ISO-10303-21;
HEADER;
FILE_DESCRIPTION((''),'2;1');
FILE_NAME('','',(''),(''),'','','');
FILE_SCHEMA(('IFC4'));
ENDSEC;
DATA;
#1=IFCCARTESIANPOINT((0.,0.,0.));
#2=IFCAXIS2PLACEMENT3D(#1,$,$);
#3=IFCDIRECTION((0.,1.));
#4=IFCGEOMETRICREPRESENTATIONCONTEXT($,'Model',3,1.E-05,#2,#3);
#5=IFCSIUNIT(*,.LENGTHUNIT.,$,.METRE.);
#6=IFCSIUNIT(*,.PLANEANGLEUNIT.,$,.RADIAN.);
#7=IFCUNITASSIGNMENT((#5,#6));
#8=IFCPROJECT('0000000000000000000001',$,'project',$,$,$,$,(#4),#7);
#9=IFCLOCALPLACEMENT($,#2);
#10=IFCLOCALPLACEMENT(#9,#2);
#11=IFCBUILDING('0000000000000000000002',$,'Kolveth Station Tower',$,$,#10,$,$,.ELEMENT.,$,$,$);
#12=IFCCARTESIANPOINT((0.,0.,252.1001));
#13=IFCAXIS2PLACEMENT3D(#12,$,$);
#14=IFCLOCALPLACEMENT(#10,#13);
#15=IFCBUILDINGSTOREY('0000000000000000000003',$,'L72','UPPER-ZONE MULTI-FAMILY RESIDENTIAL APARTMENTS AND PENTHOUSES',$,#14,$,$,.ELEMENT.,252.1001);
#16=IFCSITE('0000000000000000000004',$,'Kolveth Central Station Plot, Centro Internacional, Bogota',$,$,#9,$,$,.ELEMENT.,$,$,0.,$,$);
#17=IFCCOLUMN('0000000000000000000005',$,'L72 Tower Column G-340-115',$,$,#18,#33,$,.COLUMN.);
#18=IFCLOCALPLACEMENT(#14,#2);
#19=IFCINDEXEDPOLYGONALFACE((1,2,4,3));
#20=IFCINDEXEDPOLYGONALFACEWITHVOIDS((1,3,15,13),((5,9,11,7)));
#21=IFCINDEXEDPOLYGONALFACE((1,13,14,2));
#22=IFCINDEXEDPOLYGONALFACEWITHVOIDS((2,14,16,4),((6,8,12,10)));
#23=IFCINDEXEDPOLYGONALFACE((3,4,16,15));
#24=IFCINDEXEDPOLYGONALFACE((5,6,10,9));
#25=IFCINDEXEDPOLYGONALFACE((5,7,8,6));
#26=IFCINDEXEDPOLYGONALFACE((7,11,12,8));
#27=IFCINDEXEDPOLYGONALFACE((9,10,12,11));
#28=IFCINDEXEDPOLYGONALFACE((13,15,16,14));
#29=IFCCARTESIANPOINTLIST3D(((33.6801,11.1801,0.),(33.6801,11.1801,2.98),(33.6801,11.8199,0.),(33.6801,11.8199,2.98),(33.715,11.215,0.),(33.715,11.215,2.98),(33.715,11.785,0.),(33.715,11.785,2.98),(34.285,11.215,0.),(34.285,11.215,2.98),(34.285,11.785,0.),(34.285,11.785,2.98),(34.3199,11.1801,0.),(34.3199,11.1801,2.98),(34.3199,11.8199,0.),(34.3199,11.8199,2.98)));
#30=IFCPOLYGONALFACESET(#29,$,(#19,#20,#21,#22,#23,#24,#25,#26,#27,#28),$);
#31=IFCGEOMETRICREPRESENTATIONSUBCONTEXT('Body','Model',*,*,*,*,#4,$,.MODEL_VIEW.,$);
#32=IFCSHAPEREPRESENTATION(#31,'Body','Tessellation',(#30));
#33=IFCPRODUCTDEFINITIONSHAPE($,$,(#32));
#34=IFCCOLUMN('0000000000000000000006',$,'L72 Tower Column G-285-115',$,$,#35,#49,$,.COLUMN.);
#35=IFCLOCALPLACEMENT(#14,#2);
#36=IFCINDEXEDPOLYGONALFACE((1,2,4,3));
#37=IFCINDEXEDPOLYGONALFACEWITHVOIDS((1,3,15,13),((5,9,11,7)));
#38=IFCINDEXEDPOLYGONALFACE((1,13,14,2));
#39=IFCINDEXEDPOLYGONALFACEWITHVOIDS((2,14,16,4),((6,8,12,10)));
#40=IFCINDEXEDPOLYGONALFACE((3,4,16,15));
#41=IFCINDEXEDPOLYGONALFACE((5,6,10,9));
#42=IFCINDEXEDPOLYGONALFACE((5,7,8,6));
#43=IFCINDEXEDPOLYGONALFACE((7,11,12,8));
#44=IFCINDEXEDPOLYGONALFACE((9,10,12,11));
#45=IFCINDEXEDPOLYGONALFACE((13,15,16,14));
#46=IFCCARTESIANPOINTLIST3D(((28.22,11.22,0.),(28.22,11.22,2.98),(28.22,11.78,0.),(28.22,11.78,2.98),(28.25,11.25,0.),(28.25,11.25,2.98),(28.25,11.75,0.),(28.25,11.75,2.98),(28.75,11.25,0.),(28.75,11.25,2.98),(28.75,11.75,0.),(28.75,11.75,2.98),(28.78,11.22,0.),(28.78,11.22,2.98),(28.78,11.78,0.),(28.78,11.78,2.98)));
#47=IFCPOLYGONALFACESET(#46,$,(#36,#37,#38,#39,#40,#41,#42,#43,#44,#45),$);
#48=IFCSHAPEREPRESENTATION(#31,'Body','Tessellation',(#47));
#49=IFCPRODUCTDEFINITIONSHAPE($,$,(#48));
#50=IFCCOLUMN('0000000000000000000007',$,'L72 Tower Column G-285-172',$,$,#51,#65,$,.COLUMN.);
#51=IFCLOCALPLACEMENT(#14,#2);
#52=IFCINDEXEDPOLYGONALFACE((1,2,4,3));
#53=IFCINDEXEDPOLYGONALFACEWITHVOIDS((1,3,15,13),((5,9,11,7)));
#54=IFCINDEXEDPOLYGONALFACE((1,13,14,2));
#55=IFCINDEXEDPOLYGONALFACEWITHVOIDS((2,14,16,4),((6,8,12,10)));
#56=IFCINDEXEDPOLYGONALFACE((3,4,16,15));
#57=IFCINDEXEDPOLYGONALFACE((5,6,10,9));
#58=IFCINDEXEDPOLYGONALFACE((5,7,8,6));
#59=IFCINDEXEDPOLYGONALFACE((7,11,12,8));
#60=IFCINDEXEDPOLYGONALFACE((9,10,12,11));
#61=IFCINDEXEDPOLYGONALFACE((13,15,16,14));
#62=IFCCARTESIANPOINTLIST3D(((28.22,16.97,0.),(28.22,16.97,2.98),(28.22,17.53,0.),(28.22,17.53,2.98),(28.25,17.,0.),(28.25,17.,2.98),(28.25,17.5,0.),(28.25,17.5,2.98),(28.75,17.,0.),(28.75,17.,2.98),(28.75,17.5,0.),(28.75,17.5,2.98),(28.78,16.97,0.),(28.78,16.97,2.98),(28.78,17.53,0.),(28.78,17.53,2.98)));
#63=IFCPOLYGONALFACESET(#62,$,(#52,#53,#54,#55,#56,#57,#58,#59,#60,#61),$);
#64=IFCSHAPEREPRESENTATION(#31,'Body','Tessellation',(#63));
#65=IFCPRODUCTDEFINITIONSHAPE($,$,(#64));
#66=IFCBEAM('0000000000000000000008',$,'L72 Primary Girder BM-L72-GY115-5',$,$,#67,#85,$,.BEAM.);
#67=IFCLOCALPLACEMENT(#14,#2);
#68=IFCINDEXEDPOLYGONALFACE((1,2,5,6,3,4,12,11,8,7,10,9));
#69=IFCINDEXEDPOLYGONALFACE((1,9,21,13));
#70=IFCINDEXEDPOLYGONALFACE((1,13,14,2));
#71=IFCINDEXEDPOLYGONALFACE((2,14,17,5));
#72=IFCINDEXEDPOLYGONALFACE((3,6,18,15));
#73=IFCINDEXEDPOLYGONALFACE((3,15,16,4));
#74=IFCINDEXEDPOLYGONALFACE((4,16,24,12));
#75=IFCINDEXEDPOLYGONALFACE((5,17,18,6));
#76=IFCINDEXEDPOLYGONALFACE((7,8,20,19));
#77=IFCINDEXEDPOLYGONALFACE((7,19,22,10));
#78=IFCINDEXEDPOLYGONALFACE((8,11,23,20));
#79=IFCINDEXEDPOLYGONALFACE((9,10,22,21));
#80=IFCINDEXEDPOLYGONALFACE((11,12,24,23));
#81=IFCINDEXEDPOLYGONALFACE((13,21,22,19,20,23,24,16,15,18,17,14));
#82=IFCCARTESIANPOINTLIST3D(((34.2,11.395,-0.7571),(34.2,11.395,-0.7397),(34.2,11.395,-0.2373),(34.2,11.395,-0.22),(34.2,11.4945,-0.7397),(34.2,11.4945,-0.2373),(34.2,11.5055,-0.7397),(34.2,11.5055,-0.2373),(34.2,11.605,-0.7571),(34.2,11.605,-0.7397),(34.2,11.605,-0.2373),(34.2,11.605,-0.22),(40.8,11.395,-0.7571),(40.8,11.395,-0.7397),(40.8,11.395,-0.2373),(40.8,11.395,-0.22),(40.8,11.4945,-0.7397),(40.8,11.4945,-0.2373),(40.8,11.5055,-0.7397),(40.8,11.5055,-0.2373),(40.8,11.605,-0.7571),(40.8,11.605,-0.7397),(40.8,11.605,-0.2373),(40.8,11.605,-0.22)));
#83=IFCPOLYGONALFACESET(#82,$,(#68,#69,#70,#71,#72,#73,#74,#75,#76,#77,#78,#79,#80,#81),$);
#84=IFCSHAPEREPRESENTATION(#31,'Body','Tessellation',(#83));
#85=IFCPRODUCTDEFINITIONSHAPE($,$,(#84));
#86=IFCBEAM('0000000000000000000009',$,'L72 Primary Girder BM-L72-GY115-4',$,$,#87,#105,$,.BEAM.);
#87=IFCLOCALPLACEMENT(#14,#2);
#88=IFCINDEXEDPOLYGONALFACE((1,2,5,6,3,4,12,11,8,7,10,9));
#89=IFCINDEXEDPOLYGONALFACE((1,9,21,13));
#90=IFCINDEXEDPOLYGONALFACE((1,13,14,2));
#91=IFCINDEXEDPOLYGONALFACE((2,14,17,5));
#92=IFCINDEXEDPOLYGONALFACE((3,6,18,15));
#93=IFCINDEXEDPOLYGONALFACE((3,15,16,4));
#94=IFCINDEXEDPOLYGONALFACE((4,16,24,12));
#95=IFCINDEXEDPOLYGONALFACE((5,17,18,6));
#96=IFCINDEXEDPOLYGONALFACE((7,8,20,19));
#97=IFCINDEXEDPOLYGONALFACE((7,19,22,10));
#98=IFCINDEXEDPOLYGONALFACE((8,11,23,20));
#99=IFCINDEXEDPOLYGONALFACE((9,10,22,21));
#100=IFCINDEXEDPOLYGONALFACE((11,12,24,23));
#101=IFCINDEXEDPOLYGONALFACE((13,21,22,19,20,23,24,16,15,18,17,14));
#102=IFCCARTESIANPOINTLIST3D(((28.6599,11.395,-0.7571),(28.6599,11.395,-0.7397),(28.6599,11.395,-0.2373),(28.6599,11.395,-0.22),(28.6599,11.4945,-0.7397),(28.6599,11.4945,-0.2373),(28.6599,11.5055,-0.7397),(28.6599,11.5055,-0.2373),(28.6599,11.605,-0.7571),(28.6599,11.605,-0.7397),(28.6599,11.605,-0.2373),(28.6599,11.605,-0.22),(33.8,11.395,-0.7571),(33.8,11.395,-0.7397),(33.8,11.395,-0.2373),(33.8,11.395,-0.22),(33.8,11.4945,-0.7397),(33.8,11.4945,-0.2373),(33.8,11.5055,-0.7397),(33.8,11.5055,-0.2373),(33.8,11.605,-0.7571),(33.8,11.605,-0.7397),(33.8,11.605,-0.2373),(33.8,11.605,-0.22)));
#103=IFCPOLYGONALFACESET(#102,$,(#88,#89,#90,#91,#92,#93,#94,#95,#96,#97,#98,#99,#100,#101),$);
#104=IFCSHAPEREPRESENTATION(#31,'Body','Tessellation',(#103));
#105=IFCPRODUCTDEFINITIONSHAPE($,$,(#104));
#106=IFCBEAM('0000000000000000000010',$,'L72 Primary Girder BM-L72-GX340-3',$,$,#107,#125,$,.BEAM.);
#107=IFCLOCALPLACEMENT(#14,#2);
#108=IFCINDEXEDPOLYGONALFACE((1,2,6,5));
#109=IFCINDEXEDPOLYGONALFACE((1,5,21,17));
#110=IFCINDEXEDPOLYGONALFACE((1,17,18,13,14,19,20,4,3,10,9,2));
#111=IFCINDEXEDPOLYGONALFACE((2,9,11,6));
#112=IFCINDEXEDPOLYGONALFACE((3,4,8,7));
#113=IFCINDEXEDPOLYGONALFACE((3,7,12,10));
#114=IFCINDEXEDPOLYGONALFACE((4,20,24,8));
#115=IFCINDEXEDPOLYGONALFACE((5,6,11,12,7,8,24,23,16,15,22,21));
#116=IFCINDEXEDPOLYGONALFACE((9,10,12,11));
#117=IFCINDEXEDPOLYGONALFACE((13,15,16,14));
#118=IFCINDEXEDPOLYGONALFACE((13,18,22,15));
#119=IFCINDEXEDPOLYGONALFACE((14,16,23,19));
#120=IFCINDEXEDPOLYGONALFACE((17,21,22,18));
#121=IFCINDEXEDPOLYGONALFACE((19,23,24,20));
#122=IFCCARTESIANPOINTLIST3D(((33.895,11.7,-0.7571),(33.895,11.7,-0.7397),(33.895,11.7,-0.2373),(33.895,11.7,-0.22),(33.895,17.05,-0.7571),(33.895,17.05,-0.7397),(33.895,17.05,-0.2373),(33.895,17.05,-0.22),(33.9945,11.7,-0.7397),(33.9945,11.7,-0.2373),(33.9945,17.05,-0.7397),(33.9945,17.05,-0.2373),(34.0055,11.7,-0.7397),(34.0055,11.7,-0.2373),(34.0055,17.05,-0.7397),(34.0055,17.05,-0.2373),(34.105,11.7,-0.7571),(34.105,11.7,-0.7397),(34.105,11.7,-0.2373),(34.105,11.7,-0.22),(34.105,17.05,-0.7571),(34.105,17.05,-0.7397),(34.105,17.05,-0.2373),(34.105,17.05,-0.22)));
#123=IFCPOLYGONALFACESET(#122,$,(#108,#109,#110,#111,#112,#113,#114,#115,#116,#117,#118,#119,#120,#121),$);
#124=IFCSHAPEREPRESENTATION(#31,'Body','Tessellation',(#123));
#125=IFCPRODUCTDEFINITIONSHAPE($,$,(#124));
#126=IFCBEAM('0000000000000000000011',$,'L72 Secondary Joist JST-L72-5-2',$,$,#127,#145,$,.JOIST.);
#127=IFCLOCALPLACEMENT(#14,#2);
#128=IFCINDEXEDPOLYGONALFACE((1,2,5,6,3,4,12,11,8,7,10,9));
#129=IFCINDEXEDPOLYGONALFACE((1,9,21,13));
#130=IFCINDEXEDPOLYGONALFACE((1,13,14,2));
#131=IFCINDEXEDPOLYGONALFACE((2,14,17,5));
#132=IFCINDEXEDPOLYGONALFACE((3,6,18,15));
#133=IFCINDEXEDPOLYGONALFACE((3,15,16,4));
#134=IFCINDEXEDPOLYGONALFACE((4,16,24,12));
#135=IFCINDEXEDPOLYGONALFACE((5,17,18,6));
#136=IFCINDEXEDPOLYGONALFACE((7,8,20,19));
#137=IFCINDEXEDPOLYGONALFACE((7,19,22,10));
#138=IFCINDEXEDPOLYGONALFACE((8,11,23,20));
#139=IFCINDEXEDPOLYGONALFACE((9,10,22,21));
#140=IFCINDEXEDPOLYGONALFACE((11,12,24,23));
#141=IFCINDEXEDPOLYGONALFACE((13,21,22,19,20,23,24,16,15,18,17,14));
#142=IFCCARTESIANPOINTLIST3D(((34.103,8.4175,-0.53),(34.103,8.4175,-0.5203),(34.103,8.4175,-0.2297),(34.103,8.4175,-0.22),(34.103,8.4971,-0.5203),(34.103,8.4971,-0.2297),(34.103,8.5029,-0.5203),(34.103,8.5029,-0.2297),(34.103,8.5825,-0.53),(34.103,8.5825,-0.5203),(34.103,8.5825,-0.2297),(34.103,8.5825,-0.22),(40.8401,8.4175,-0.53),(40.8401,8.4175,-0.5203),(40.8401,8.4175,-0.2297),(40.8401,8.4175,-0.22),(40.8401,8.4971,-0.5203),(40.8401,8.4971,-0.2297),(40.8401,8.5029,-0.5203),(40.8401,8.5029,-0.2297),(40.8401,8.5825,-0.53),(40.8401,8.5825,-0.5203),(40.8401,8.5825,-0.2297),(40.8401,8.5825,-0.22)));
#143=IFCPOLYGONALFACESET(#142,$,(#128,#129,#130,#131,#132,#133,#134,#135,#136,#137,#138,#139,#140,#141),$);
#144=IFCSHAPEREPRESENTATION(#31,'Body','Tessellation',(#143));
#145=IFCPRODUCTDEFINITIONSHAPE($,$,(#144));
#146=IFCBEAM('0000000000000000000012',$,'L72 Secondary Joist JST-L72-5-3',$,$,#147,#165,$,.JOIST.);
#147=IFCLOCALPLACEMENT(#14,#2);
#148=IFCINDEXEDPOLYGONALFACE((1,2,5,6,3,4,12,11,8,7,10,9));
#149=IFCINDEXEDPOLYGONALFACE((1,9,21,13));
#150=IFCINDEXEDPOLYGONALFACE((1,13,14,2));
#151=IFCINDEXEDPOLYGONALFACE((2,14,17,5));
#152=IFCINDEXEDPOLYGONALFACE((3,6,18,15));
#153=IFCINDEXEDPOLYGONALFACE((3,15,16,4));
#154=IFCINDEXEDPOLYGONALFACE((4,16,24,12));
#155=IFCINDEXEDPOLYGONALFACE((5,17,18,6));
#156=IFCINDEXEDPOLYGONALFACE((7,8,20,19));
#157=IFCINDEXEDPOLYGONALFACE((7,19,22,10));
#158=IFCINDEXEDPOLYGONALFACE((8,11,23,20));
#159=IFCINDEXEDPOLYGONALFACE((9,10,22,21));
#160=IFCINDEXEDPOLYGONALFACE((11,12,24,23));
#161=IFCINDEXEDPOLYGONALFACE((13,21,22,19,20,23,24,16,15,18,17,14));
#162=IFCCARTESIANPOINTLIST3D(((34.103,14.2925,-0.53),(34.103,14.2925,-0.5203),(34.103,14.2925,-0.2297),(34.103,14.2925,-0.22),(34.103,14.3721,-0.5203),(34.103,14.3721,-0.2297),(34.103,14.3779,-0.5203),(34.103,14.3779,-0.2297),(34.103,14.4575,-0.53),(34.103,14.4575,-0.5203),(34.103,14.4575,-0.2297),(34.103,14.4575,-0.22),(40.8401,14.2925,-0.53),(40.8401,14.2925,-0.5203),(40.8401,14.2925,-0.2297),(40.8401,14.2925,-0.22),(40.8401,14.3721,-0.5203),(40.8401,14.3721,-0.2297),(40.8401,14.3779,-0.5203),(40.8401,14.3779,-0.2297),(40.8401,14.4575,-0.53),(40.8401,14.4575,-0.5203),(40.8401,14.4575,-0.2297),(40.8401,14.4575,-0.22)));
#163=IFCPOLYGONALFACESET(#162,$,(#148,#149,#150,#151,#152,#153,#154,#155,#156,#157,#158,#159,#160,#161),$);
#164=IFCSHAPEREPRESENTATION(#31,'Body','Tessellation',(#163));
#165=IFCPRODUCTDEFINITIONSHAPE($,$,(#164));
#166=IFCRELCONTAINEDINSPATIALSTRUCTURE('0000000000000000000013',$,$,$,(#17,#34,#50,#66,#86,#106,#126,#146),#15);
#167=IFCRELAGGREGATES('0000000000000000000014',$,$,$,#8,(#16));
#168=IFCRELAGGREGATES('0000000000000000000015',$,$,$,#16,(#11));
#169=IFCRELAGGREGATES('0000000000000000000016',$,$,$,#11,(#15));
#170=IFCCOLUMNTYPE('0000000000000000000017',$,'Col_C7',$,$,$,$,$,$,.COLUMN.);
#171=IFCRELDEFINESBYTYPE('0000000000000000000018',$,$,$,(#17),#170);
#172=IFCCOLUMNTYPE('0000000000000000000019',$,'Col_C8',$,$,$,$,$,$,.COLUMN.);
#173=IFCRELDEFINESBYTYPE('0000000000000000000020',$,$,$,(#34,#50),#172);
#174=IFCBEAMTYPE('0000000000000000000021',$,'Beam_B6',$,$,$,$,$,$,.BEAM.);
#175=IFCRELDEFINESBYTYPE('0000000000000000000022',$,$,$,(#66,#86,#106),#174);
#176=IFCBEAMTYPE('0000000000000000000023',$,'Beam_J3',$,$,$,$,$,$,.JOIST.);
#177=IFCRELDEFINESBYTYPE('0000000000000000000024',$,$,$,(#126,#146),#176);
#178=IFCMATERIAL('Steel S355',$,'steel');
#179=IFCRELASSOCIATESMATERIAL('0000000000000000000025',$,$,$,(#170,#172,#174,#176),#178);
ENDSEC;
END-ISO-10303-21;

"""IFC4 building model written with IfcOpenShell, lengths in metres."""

from ifc_helpers import new_model, si_unit, direction, frame, origin, origin_2d, place, context, subcontext, project, spatial, hollow_rectangle, i_section, extrude, source, transform, mapped, material, material_profile, profile_set, type_object, element, save


model = new_model("IFC4")

# Units and contexts
model_context = context("Model", 3, precision=1e-05, world=origin(), true_north=direction((0.0, 1.0)))
body_context = subcontext(model_context, "Body", "Model", "MODEL_VIEW")
ifc_project = project(units=[si_unit("LENGTHUNIT", "METRE"), si_unit("PLANEANGLEUNIT", "RADIAN")], contexts=[model_context])

# Site, building, storey
site_placement = place(None, origin())
site = spatial("IfcSite", under=ifc_project, at=site_placement, Name="Kolveth Central Station Plot, Centro Internacional, Bogota", CompositionType="ELEMENT", RefElevation=0.0)
building_placement = place(site_placement, origin())
building = spatial("IfcBuilding", under=site, at=building_placement, Name="Kolveth Station Tower", CompositionType="ELEMENT")
storey_placement = place(building_placement, frame((0.0, 0.0, 252.1001)))
storey = spatial("IfcBuildingStorey", under=building, at=storey_placement, Name="L72", Description="UPPER-ZONE MULTI-FAMILY RESIDENTIAL APARTMENTS AND PENTHOUSES", CompositionType="ELEMENT", Elevation=252.1001)

# Columns
ifc_material_1 = material(Name="Steel S355", Category="steel")
ifc_material_profile_1 = material_profile(ifc_material_1, hollow_rectangle(XDim=0.6399, YDim=0.6399, WallThickness=0.0349, at=origin_2d()), Name="BOX640x640x35")
ifc_profile_set_1 = profile_set([ifc_material_profile_1], Name="Steel S355")
column_type_1 = type_object("IfcColumnType", Name="Col_C7", PredefinedType="COLUMN", material=ifc_profile_set_1)
shared_shape_1 = source(origin(), body_context, "Body", "SweptSolid", [
    extrude(hollow_rectangle(XDim=0.6399, YDim=0.6399, WallThickness=0.0349, at=origin_2d()), origin(), (0.0, 0.0, 1.0), 2.98),
])
column_placement = place(storey_placement, frame((34.0, 11.5, 0.0), z_axis=(0.0, 0.0, 1.0), x_axis=(1.0, 0.0, 0.0)))
element("IfcColumn", 1, at=column_placement, inside=storey, type_object=column_type_1, Name="L72 Tower Column G-340-115", PredefinedType="COLUMN", context=body_context, shape_type="MappedRepresentation", body=[
    mapped(shared_shape_1, transform((0.0, 0.0, 0.0), x_axis=(1.0, 0.0, 0.0), y_axis=(0.0, 1.0, 0.0), z_axis=(0.0, 0.0, 1.0), scale=1.0)),
])
ifc_material_profile_2 = material_profile(ifc_material_1, hollow_rectangle(XDim=0.5601, YDim=0.5601, WallThickness=0.03, at=origin_2d()), Name="BOX560x560x30")
ifc_profile_set_2 = profile_set([ifc_material_profile_2], Name="Steel S355")
column_type_2 = type_object("IfcColumnType", Name="Col_C8", PredefinedType="COLUMN", material=ifc_profile_set_2)
shared_shape_2 = source(origin(), body_context, "Body", "SweptSolid", [
    extrude(hollow_rectangle(XDim=0.5601, YDim=0.5601, WallThickness=0.03, at=origin_2d()), origin(), (0.0, 0.0, 1.0), 2.98),
])
for number, where, z_axis, x_axis, name in (
    (2, (28.5, 11.5, 0.0), (0.0, 0.0, 1.0), (1.0, 0.0, 0.0), "L72 Tower Column G-285-115"),
    (3, (28.5, 17.25, 0.0), (0.0, 0.0, 1.0), (1.0, 0.0, 0.0), "L72 Tower Column G-285-172"),
):
    element("IfcColumn", number, at=place(storey_placement, frame(where, z_axis=z_axis, x_axis=x_axis)), inside=storey, type_object=column_type_2, Name=name, PredefinedType="COLUMN", context=body_context, shape_type="MappedRepresentation", body=[
        mapped(shared_shape_2, transform((0.0, 0.0, 0.0), x_axis=(1.0, 0.0, 0.0), y_axis=(0.0, 1.0, 0.0), z_axis=(0.0, 0.0, 1.0), scale=1.0)),
    ])

# Beams
ifc_material_profile_3 = material_profile(ifc_material_1, i_section(OverallWidth=0.21, OverallDepth=0.5371, WebThickness=0.011, FlangeThickness=0.0173, at=origin_2d()), Name="W530x101")
ifc_profile_set_3 = profile_set([ifc_material_profile_3], Name="Steel S355")
beam_type_1 = type_object("IfcBeamType", Name="Beam_B6", PredefinedType="BEAM", material=ifc_profile_set_3)
shared_shape_3 = source(origin(), body_context, "Body", "SweptSolid", [
    extrude(i_section(OverallWidth=0.21, OverallDepth=0.5371, WebThickness=0.011, FlangeThickness=0.0173, at=origin_2d()), origin(), (0.0, 0.0, 1.0), 6.6001),
])
beam_1_placement = place(storey_placement, frame((34.2, 11.5, -0.4885), z_axis=(1.0, 0.0, 0.0), x_axis=(0.0, 1.0, 0.0)))
element("IfcBeam", 4, at=beam_1_placement, inside=storey, type_object=beam_type_1, Name="L72 Primary Girder BM-L72-GY115-5", PredefinedType="BEAM", context=body_context, shape_type="MappedRepresentation", body=[
    mapped(shared_shape_3, transform((0.0, 0.0, 0.0), x_axis=(1.0, 0.0, 0.0), y_axis=(0.0, 1.0, 0.0), z_axis=(0.0, 0.0, 1.0), scale=1.0)),
])
shared_shape_4 = source(origin(), body_context, "Body", "SweptSolid", [
    extrude(i_section(OverallWidth=0.21, OverallDepth=0.5371, WebThickness=0.011, FlangeThickness=0.0173, at=origin_2d()), origin(), (0.0, 0.0, 1.0), 5.1401),
])
beam_2_placement = place(storey_placement, frame((28.6599, 11.5, -0.4885), z_axis=(1.0, 0.0, 0.0), x_axis=(0.0, 1.0, 0.0)))
element("IfcBeam", 5, at=beam_2_placement, inside=storey, type_object=beam_type_1, Name="L72 Primary Girder BM-L72-GY115-4", PredefinedType="BEAM", context=body_context, shape_type="MappedRepresentation", body=[
    mapped(shared_shape_4, transform((0.0, 0.0, 0.0), x_axis=(1.0, 0.0, 0.0), y_axis=(0.0, 1.0, 0.0), z_axis=(0.0, 0.0, 1.0), scale=1.0)),
])
shared_shape_5 = source(origin(), body_context, "Body", "SweptSolid", [
    extrude(i_section(OverallWidth=0.21, OverallDepth=0.5371, WebThickness=0.011, FlangeThickness=0.0173, at=origin_2d()), origin(), (0.0, 0.0, 1.0), 5.3501),
])
beam_3_placement = place(storey_placement, frame((34.0, 11.7, -0.4885), z_axis=(0.0, 1.0, 0.0), x_axis=(-1.0, 0.0, 0.0)))
element("IfcBeam", 6, at=beam_3_placement, inside=storey, type_object=beam_type_1, Name="L72 Primary Girder BM-L72-GX340-3", PredefinedType="BEAM", context=body_context, shape_type="MappedRepresentation", body=[
    mapped(shared_shape_5, transform((0.0, 0.0, 0.0), x_axis=(1.0, 0.0, 0.0), y_axis=(0.0, 1.0, 0.0), z_axis=(0.0, 0.0, 1.0), scale=1.0)),
])
ifc_material_profile_4 = material_profile(ifc_material_1, i_section(OverallWidth=0.165, OverallDepth=0.3101, WebThickness=0.0059, FlangeThickness=0.0098, at=origin_2d()), Name="W310x39")
ifc_profile_set_4 = profile_set([ifc_material_profile_4], Name="Steel S355")
beam_type_2 = type_object("IfcBeamType", Name="Beam_J3", PredefinedType="JOIST", material=ifc_profile_set_4)
shared_shape_6 = source(origin(), body_context, "Body", "SweptSolid", [
    extrude(i_section(OverallWidth=0.165, OverallDepth=0.3101, WebThickness=0.0059, FlangeThickness=0.0098, at=origin_2d()), origin(), (0.0, 0.0, 1.0), 6.7371),
])
for number, where, z_axis, x_axis, name in (
    (7, (34.103, 8.5, -0.375), (1.0, 0.0, 0.0), (0.0, 1.0, 0.0), "L72 Secondary Joist JST-L72-5-2"),
    (8, (34.103, 14.375, -0.375), (1.0, 0.0, 0.0), (0.0, 1.0, 0.0), "L72 Secondary Joist JST-L72-5-3"),
):
    element("IfcBeam", number, at=place(storey_placement, frame(where, z_axis=z_axis, x_axis=x_axis)), inside=storey, type_object=beam_type_2, Name=name, PredefinedType="JOIST", context=body_context, shape_type="MappedRepresentation", body=[
        mapped(shared_shape_6, transform((0.0, 0.0, 0.0), x_axis=(1.0, 0.0, 0.0), y_axis=(0.0, 1.0, 0.0), z_axis=(0.0, 0.0, 1.0), scale=1.0)),
    ])

save(model, "model.ifc")
